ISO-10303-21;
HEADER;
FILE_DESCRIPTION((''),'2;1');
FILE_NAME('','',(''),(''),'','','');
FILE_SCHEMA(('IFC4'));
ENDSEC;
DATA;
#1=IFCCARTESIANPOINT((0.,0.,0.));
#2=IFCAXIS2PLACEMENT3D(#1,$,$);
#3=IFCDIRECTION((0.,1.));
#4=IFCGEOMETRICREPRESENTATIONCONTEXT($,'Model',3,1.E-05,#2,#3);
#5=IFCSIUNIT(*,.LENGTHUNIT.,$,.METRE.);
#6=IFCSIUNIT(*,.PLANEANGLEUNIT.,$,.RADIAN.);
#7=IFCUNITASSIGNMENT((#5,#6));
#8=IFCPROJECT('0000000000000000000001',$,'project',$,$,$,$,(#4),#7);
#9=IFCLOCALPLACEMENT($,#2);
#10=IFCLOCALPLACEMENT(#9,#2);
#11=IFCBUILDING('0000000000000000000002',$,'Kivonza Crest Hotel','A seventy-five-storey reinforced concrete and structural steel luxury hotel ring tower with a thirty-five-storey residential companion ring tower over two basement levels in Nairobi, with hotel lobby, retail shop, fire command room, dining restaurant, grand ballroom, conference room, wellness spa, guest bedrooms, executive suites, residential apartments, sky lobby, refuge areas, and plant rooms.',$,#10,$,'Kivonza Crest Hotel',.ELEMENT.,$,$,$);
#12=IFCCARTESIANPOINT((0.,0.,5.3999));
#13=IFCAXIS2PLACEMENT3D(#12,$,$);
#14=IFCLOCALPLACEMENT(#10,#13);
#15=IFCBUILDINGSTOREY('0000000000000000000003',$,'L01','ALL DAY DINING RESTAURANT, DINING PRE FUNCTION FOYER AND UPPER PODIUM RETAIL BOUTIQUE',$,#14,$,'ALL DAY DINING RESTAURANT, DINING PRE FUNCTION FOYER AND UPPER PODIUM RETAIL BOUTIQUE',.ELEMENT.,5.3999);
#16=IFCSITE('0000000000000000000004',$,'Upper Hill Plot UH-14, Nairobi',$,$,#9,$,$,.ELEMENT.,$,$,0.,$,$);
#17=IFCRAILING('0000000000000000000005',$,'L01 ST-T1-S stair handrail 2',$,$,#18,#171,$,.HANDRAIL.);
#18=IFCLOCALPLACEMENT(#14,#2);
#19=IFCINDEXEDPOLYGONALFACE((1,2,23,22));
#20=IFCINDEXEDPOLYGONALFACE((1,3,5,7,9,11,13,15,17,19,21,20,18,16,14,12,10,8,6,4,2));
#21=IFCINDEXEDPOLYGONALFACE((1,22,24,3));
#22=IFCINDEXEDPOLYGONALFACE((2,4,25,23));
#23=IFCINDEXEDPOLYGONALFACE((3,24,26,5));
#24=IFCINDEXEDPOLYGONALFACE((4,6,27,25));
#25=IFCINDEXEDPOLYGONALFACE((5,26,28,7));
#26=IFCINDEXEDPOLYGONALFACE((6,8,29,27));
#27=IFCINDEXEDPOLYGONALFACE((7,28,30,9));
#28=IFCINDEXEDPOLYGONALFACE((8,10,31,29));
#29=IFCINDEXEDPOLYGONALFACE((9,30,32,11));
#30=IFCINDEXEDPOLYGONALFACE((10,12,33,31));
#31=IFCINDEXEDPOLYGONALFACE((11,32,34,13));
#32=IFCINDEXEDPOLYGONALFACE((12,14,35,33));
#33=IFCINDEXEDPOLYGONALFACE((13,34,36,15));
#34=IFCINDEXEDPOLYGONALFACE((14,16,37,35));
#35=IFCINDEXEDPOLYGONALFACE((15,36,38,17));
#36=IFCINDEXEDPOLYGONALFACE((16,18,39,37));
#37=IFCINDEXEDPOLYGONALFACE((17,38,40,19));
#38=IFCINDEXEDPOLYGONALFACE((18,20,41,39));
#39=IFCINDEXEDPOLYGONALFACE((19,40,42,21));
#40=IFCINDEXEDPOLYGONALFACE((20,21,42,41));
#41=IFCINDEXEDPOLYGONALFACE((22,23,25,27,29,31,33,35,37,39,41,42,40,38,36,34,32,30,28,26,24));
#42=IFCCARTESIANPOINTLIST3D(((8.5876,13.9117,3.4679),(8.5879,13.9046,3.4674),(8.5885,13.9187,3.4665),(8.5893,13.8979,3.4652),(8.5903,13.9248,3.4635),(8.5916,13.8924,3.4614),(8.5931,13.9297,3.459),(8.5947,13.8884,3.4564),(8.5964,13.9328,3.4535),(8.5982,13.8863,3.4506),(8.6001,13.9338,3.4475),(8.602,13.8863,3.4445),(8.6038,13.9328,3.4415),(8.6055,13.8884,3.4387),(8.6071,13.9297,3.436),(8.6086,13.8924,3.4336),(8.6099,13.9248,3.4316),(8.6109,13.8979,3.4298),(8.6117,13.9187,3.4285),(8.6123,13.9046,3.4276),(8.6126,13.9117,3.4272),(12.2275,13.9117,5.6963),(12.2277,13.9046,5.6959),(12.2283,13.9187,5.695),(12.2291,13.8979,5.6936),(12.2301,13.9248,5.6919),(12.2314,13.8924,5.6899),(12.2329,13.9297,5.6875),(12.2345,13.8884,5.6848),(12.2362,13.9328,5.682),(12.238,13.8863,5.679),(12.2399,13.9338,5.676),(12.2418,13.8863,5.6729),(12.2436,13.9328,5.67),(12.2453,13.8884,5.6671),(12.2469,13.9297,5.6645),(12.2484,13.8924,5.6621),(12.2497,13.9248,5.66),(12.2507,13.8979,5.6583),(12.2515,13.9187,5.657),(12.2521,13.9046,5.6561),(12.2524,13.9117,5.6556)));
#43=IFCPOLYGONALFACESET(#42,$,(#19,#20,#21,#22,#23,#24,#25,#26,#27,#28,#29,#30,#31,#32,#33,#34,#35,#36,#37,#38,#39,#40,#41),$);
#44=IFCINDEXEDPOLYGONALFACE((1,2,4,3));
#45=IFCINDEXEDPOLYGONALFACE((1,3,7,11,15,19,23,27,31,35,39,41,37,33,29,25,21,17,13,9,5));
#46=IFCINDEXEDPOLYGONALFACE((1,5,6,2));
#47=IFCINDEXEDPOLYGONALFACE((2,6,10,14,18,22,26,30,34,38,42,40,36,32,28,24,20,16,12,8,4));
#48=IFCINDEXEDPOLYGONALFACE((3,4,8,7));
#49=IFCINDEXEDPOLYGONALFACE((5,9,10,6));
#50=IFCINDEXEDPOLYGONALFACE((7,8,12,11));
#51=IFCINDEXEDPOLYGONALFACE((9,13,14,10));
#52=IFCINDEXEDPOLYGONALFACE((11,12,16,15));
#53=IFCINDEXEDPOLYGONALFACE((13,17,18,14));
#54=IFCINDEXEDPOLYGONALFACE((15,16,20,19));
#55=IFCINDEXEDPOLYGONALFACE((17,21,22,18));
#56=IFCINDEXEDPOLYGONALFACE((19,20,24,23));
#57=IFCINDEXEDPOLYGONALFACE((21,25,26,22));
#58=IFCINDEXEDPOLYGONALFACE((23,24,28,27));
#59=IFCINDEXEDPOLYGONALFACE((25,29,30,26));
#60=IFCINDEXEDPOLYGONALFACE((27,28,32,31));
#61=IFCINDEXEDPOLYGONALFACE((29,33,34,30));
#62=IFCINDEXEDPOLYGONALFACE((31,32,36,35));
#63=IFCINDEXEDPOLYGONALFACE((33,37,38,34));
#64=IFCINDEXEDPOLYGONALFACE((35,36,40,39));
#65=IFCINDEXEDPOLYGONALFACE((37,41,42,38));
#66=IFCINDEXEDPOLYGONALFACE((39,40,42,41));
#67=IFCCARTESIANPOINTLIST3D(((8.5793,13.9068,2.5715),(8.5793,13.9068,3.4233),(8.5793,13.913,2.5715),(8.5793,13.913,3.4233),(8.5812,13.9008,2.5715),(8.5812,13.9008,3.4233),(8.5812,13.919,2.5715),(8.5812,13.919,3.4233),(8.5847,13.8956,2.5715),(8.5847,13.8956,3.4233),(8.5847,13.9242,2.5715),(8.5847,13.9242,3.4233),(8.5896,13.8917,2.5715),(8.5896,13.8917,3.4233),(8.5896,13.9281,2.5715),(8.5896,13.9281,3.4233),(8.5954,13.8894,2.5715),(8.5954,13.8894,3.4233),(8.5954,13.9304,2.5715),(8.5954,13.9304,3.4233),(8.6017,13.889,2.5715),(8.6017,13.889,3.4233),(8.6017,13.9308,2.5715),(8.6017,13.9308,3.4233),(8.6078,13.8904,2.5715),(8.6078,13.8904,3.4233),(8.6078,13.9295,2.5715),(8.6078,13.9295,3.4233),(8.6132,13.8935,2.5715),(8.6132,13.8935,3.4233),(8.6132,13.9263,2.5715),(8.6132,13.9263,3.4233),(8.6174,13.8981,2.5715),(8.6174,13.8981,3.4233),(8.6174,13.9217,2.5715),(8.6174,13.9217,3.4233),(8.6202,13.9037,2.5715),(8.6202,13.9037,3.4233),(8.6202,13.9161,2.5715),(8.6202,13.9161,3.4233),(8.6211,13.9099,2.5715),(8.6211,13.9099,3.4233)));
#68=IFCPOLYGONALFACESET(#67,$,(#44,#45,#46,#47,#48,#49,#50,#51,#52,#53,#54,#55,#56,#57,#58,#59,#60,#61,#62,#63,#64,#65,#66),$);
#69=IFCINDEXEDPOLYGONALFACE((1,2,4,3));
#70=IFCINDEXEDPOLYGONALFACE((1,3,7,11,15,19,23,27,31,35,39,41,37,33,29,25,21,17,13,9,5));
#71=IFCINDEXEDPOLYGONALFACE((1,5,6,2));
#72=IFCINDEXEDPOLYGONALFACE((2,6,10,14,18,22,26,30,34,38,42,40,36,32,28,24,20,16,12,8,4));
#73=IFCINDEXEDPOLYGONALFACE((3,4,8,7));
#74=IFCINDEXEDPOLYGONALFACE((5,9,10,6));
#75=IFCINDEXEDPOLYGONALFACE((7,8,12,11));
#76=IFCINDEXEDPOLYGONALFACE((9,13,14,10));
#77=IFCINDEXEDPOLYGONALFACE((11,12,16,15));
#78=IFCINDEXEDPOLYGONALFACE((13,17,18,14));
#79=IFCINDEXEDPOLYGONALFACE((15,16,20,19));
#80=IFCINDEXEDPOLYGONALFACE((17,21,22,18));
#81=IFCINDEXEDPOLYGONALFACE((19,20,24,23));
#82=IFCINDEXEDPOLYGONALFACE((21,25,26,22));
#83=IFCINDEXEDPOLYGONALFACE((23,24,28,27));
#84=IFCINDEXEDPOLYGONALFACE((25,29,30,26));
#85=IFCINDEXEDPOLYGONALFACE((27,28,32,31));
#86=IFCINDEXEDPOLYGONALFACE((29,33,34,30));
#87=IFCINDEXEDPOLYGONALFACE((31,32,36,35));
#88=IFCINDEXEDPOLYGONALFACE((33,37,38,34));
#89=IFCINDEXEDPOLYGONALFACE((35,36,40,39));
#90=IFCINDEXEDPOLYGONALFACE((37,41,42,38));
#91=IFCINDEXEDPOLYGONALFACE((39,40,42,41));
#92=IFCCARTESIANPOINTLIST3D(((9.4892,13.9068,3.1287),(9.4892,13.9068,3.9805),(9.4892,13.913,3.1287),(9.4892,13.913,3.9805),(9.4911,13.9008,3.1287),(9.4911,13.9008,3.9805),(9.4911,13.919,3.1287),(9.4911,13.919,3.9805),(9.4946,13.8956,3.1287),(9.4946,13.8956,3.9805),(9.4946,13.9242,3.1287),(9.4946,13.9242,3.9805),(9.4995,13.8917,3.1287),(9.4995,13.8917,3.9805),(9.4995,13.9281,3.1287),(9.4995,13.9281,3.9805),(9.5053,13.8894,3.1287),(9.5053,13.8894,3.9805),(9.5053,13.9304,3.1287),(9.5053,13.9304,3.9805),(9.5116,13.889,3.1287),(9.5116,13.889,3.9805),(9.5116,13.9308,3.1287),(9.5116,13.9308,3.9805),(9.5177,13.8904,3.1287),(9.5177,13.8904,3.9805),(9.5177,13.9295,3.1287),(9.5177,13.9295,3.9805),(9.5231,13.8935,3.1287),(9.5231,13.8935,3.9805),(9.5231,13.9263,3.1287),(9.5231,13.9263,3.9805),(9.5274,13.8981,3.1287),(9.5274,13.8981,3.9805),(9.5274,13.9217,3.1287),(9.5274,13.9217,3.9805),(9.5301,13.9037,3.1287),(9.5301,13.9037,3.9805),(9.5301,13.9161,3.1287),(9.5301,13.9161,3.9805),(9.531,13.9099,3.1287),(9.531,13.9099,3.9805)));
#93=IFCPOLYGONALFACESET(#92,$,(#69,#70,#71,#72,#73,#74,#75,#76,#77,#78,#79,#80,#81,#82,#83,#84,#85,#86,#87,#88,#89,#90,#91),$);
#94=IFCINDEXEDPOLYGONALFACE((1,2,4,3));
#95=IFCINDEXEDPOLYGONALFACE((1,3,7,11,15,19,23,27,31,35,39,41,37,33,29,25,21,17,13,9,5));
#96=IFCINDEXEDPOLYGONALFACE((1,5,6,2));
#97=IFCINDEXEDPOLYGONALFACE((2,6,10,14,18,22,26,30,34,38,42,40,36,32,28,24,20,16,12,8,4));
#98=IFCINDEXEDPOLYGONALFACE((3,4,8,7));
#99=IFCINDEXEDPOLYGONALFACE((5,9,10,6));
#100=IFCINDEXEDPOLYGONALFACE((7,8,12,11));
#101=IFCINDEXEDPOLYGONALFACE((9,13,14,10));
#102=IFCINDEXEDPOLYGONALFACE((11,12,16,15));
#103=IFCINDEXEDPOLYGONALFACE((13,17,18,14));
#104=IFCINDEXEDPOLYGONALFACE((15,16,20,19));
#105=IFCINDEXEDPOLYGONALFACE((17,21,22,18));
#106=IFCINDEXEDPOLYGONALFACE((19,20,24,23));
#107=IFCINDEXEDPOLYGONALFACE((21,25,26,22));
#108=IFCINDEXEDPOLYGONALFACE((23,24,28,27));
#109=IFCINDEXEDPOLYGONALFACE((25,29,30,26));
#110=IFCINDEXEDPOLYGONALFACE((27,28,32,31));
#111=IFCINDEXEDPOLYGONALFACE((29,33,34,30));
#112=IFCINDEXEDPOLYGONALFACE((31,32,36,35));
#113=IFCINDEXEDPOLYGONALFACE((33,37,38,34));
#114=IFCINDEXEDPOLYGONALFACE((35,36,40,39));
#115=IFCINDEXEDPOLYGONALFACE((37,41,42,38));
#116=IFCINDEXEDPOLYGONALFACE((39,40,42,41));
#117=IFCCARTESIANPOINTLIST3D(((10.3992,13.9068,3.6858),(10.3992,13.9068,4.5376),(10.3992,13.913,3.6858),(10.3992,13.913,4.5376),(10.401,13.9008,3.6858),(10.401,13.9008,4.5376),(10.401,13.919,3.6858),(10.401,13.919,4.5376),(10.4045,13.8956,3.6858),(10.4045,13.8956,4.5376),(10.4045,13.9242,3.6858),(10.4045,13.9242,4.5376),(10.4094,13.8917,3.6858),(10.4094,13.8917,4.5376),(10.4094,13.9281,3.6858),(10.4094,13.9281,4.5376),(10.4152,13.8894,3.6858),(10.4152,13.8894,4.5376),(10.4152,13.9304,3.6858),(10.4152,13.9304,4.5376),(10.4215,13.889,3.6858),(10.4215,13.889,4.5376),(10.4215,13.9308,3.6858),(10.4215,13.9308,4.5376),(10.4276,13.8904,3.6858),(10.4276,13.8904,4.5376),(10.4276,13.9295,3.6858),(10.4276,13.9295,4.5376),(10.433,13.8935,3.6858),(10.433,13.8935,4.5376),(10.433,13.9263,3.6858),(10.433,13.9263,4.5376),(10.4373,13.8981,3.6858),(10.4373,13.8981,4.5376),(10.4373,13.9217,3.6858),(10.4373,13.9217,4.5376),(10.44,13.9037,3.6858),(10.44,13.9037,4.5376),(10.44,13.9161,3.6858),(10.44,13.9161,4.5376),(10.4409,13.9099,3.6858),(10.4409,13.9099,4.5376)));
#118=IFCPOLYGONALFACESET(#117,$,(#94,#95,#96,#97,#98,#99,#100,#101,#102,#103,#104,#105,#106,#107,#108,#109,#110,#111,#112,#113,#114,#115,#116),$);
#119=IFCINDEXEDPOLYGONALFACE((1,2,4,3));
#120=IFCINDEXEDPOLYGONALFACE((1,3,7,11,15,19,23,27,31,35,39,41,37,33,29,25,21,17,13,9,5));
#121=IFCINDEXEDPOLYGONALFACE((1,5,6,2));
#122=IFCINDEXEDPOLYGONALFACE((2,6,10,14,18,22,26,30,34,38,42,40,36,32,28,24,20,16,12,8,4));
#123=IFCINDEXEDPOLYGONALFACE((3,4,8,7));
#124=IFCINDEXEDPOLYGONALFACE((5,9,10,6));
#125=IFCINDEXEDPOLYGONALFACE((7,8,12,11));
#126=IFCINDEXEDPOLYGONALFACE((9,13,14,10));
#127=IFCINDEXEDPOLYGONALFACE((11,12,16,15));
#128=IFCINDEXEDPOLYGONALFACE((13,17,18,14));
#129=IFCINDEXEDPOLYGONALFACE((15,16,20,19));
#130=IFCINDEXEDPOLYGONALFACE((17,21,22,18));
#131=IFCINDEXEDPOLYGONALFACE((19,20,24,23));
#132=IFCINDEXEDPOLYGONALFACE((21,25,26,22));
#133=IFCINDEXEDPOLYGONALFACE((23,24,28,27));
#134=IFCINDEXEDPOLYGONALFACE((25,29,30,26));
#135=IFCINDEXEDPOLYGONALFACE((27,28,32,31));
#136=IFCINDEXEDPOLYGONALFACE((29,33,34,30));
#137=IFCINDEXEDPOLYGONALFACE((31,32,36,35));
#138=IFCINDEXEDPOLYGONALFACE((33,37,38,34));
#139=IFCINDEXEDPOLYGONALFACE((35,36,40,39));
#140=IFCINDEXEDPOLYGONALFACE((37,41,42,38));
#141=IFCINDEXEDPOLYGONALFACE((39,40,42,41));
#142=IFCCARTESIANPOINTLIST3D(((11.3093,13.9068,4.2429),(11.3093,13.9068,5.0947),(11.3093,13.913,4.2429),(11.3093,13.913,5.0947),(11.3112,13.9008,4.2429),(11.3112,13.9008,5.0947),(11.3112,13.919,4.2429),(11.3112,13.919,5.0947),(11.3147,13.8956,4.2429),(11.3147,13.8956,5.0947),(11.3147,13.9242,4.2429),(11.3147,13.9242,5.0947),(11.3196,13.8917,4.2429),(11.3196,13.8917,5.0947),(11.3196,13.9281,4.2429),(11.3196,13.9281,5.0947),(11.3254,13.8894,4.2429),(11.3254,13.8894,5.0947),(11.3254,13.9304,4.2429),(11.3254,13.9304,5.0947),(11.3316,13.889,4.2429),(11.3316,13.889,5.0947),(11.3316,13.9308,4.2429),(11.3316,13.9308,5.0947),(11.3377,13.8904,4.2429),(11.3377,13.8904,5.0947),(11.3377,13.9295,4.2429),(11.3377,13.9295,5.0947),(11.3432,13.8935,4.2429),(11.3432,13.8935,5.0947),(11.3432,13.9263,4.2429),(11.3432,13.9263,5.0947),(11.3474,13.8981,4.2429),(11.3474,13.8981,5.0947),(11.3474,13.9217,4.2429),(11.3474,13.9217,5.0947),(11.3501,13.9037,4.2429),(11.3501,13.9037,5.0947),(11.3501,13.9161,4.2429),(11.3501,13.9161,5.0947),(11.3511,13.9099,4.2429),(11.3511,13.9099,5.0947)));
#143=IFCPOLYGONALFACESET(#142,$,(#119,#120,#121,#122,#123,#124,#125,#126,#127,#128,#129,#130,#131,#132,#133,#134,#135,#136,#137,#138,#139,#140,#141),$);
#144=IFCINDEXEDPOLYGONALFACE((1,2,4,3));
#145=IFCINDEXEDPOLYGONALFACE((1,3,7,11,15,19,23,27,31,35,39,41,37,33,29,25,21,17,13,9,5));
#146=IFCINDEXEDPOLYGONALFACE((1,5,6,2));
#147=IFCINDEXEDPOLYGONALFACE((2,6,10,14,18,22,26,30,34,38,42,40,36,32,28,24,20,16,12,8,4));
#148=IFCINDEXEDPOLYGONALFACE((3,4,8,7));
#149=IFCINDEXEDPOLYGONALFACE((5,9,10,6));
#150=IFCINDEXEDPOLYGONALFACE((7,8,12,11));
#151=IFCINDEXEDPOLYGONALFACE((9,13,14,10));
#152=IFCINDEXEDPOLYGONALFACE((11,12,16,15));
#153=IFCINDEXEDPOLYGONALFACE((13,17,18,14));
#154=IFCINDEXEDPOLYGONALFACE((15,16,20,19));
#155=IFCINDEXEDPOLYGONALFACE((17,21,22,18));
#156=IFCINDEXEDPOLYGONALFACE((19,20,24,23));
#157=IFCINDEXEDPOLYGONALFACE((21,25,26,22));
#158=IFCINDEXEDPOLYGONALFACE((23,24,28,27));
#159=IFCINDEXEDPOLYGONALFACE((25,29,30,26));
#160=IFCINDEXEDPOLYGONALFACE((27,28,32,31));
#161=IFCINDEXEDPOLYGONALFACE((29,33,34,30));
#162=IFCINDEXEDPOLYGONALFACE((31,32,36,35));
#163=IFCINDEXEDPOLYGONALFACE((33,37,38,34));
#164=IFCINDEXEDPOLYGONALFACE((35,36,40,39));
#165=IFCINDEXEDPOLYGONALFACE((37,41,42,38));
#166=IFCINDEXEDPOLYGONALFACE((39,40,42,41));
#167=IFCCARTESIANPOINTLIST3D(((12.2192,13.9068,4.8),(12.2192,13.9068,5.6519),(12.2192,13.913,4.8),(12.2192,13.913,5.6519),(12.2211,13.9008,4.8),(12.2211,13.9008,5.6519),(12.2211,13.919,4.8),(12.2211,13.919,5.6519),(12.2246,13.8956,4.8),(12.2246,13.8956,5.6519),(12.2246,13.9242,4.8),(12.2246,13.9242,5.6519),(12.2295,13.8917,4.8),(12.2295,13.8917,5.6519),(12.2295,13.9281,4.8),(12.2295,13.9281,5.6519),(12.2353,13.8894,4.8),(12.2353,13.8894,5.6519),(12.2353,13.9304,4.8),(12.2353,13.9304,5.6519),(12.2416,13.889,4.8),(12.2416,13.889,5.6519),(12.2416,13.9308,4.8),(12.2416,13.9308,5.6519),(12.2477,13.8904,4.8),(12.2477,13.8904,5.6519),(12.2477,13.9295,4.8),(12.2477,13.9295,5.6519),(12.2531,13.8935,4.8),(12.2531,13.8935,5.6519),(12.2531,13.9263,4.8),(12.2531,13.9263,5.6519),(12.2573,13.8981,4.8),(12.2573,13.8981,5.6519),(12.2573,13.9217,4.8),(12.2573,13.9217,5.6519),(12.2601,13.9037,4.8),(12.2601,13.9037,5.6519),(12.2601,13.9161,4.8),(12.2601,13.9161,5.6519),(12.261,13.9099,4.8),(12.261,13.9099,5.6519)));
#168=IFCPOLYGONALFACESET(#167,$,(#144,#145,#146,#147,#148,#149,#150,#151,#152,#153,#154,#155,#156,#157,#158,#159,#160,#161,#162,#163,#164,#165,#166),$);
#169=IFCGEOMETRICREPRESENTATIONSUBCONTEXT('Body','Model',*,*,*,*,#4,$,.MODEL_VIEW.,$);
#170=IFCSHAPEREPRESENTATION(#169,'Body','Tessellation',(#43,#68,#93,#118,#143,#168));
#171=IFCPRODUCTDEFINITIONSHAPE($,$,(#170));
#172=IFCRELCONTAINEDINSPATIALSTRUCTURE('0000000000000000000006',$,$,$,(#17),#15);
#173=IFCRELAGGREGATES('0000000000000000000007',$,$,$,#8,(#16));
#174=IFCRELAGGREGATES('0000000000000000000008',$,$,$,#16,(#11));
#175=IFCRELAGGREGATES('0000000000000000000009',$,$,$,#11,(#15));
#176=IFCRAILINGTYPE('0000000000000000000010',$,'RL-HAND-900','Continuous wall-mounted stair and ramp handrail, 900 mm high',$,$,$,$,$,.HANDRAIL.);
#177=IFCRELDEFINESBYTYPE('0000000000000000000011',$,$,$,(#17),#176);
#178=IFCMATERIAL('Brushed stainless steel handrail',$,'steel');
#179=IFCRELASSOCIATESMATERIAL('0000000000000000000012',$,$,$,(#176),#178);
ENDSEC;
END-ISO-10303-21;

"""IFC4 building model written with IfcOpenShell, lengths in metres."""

from ifc_helpers import new_model, si_unit, direction, frame, origin, origin_2d, place, context, subcontext, project, spatial, circle, extrude, material, type_object, element, save


model = new_model("IFC4")

# Units and contexts
model_context = context("Model", 3, precision=1e-05, world=origin(), true_north=direction((0.0, 1.0)))
body_context = subcontext(model_context, "Body", "Model", "MODEL_VIEW")
ifc_project = project(units=[si_unit("LENGTHUNIT", "METRE"), si_unit("PLANEANGLEUNIT", "RADIAN")], contexts=[model_context])

# Site, building, storey
site_placement = place(None, origin())
site = spatial("IfcSite", under=ifc_project, at=site_placement, Name="Upper Hill Plot UH-14, Nairobi", CompositionType="ELEMENT", RefElevation=0.0)
building_placement = place(site_placement, origin())
building = spatial("IfcBuilding", under=site, at=building_placement, Name="Kivonza Crest Hotel", Description="A seventy-five-storey reinforced concrete and structural steel luxury hotel ring tower with a thirty-five-storey residential companion ring tower over two basement levels in Nairobi, with hotel lobby, retail shop, fire command room, dining restaurant, grand ballroom, conference room, wellness spa, guest bedrooms, executive suites, residential apartments, sky lobby, refuge areas, and plant rooms.", LongName="Kivonza Crest Hotel", CompositionType="ELEMENT")
storey_placement = place(building_placement, frame((0.0, 0.0, 5.3999)))
storey = spatial("IfcBuildingStorey", under=building, at=storey_placement, Name="L01", Description="ALL DAY DINING RESTAURANT, DINING PRE FUNCTION FOYER AND UPPER PODIUM RETAIL BOUTIQUE", LongName="ALL DAY DINING RESTAURANT, DINING PRE FUNCTION FOYER AND UPPER PODIUM RETAIL BOUTIQUE", CompositionType="ELEMENT", Elevation=5.3999)

# Railing
ifc_material_1 = material(Name="Brushed stainless steel handrail", Category="steel")
railing_type_1 = type_object("IfcRailingType", Name="RL-HAND-900", Description="Continuous wall-mounted stair and ramp handrail, 900 mm high", PredefinedType="HANDRAIL", material=ifc_material_1)
railing_1_placement = place(storey_placement, frame((8.6001, 13.9099, 2.5715)))
element("IfcRailing", 1, at=railing_1_placement, inside=storey, type_object=railing_type_1, Name="L01 ST-T1-S stair handrail 2", PredefinedType="HANDRAIL", context=body_context, shape_type="SweptSolid", body=[
    extrude(circle(Radius=0.0239, at=origin_2d()), frame((0.0, 0.0, 0.876), z_axis=(0.85285, 0.0, 0.522156), x_axis=(0.0, 1.0, 0.0)), (0.0, 0.0, 1.0), 4.2678),
    extrude(circle(Radius=0.021, at=origin_2d()), origin(), (0.0, 0.0, 1.0), 0.8518),
    extrude(circle(Radius=0.021, at=origin_2d()), frame((0.9099, 0.0, 0.5571)), (0.0, 0.0, 1.0), 0.8518),
    extrude(circle(Radius=0.021, at=origin_2d()), frame((1.8198, 0.0, 1.1143)), (0.0, 0.0, 1.0), 0.8518),
    extrude(circle(Radius=0.021, at=origin_2d()), frame((2.73, 0.0, 1.6714)), (0.0, 0.0, 1.0), 0.8518),
    extrude(circle(Radius=0.021, at=origin_2d()), frame((3.6399, 0.0, 2.2285)), (0.0, 0.0, 1.0), 0.8518),
])

save(model, "model.ifc")
